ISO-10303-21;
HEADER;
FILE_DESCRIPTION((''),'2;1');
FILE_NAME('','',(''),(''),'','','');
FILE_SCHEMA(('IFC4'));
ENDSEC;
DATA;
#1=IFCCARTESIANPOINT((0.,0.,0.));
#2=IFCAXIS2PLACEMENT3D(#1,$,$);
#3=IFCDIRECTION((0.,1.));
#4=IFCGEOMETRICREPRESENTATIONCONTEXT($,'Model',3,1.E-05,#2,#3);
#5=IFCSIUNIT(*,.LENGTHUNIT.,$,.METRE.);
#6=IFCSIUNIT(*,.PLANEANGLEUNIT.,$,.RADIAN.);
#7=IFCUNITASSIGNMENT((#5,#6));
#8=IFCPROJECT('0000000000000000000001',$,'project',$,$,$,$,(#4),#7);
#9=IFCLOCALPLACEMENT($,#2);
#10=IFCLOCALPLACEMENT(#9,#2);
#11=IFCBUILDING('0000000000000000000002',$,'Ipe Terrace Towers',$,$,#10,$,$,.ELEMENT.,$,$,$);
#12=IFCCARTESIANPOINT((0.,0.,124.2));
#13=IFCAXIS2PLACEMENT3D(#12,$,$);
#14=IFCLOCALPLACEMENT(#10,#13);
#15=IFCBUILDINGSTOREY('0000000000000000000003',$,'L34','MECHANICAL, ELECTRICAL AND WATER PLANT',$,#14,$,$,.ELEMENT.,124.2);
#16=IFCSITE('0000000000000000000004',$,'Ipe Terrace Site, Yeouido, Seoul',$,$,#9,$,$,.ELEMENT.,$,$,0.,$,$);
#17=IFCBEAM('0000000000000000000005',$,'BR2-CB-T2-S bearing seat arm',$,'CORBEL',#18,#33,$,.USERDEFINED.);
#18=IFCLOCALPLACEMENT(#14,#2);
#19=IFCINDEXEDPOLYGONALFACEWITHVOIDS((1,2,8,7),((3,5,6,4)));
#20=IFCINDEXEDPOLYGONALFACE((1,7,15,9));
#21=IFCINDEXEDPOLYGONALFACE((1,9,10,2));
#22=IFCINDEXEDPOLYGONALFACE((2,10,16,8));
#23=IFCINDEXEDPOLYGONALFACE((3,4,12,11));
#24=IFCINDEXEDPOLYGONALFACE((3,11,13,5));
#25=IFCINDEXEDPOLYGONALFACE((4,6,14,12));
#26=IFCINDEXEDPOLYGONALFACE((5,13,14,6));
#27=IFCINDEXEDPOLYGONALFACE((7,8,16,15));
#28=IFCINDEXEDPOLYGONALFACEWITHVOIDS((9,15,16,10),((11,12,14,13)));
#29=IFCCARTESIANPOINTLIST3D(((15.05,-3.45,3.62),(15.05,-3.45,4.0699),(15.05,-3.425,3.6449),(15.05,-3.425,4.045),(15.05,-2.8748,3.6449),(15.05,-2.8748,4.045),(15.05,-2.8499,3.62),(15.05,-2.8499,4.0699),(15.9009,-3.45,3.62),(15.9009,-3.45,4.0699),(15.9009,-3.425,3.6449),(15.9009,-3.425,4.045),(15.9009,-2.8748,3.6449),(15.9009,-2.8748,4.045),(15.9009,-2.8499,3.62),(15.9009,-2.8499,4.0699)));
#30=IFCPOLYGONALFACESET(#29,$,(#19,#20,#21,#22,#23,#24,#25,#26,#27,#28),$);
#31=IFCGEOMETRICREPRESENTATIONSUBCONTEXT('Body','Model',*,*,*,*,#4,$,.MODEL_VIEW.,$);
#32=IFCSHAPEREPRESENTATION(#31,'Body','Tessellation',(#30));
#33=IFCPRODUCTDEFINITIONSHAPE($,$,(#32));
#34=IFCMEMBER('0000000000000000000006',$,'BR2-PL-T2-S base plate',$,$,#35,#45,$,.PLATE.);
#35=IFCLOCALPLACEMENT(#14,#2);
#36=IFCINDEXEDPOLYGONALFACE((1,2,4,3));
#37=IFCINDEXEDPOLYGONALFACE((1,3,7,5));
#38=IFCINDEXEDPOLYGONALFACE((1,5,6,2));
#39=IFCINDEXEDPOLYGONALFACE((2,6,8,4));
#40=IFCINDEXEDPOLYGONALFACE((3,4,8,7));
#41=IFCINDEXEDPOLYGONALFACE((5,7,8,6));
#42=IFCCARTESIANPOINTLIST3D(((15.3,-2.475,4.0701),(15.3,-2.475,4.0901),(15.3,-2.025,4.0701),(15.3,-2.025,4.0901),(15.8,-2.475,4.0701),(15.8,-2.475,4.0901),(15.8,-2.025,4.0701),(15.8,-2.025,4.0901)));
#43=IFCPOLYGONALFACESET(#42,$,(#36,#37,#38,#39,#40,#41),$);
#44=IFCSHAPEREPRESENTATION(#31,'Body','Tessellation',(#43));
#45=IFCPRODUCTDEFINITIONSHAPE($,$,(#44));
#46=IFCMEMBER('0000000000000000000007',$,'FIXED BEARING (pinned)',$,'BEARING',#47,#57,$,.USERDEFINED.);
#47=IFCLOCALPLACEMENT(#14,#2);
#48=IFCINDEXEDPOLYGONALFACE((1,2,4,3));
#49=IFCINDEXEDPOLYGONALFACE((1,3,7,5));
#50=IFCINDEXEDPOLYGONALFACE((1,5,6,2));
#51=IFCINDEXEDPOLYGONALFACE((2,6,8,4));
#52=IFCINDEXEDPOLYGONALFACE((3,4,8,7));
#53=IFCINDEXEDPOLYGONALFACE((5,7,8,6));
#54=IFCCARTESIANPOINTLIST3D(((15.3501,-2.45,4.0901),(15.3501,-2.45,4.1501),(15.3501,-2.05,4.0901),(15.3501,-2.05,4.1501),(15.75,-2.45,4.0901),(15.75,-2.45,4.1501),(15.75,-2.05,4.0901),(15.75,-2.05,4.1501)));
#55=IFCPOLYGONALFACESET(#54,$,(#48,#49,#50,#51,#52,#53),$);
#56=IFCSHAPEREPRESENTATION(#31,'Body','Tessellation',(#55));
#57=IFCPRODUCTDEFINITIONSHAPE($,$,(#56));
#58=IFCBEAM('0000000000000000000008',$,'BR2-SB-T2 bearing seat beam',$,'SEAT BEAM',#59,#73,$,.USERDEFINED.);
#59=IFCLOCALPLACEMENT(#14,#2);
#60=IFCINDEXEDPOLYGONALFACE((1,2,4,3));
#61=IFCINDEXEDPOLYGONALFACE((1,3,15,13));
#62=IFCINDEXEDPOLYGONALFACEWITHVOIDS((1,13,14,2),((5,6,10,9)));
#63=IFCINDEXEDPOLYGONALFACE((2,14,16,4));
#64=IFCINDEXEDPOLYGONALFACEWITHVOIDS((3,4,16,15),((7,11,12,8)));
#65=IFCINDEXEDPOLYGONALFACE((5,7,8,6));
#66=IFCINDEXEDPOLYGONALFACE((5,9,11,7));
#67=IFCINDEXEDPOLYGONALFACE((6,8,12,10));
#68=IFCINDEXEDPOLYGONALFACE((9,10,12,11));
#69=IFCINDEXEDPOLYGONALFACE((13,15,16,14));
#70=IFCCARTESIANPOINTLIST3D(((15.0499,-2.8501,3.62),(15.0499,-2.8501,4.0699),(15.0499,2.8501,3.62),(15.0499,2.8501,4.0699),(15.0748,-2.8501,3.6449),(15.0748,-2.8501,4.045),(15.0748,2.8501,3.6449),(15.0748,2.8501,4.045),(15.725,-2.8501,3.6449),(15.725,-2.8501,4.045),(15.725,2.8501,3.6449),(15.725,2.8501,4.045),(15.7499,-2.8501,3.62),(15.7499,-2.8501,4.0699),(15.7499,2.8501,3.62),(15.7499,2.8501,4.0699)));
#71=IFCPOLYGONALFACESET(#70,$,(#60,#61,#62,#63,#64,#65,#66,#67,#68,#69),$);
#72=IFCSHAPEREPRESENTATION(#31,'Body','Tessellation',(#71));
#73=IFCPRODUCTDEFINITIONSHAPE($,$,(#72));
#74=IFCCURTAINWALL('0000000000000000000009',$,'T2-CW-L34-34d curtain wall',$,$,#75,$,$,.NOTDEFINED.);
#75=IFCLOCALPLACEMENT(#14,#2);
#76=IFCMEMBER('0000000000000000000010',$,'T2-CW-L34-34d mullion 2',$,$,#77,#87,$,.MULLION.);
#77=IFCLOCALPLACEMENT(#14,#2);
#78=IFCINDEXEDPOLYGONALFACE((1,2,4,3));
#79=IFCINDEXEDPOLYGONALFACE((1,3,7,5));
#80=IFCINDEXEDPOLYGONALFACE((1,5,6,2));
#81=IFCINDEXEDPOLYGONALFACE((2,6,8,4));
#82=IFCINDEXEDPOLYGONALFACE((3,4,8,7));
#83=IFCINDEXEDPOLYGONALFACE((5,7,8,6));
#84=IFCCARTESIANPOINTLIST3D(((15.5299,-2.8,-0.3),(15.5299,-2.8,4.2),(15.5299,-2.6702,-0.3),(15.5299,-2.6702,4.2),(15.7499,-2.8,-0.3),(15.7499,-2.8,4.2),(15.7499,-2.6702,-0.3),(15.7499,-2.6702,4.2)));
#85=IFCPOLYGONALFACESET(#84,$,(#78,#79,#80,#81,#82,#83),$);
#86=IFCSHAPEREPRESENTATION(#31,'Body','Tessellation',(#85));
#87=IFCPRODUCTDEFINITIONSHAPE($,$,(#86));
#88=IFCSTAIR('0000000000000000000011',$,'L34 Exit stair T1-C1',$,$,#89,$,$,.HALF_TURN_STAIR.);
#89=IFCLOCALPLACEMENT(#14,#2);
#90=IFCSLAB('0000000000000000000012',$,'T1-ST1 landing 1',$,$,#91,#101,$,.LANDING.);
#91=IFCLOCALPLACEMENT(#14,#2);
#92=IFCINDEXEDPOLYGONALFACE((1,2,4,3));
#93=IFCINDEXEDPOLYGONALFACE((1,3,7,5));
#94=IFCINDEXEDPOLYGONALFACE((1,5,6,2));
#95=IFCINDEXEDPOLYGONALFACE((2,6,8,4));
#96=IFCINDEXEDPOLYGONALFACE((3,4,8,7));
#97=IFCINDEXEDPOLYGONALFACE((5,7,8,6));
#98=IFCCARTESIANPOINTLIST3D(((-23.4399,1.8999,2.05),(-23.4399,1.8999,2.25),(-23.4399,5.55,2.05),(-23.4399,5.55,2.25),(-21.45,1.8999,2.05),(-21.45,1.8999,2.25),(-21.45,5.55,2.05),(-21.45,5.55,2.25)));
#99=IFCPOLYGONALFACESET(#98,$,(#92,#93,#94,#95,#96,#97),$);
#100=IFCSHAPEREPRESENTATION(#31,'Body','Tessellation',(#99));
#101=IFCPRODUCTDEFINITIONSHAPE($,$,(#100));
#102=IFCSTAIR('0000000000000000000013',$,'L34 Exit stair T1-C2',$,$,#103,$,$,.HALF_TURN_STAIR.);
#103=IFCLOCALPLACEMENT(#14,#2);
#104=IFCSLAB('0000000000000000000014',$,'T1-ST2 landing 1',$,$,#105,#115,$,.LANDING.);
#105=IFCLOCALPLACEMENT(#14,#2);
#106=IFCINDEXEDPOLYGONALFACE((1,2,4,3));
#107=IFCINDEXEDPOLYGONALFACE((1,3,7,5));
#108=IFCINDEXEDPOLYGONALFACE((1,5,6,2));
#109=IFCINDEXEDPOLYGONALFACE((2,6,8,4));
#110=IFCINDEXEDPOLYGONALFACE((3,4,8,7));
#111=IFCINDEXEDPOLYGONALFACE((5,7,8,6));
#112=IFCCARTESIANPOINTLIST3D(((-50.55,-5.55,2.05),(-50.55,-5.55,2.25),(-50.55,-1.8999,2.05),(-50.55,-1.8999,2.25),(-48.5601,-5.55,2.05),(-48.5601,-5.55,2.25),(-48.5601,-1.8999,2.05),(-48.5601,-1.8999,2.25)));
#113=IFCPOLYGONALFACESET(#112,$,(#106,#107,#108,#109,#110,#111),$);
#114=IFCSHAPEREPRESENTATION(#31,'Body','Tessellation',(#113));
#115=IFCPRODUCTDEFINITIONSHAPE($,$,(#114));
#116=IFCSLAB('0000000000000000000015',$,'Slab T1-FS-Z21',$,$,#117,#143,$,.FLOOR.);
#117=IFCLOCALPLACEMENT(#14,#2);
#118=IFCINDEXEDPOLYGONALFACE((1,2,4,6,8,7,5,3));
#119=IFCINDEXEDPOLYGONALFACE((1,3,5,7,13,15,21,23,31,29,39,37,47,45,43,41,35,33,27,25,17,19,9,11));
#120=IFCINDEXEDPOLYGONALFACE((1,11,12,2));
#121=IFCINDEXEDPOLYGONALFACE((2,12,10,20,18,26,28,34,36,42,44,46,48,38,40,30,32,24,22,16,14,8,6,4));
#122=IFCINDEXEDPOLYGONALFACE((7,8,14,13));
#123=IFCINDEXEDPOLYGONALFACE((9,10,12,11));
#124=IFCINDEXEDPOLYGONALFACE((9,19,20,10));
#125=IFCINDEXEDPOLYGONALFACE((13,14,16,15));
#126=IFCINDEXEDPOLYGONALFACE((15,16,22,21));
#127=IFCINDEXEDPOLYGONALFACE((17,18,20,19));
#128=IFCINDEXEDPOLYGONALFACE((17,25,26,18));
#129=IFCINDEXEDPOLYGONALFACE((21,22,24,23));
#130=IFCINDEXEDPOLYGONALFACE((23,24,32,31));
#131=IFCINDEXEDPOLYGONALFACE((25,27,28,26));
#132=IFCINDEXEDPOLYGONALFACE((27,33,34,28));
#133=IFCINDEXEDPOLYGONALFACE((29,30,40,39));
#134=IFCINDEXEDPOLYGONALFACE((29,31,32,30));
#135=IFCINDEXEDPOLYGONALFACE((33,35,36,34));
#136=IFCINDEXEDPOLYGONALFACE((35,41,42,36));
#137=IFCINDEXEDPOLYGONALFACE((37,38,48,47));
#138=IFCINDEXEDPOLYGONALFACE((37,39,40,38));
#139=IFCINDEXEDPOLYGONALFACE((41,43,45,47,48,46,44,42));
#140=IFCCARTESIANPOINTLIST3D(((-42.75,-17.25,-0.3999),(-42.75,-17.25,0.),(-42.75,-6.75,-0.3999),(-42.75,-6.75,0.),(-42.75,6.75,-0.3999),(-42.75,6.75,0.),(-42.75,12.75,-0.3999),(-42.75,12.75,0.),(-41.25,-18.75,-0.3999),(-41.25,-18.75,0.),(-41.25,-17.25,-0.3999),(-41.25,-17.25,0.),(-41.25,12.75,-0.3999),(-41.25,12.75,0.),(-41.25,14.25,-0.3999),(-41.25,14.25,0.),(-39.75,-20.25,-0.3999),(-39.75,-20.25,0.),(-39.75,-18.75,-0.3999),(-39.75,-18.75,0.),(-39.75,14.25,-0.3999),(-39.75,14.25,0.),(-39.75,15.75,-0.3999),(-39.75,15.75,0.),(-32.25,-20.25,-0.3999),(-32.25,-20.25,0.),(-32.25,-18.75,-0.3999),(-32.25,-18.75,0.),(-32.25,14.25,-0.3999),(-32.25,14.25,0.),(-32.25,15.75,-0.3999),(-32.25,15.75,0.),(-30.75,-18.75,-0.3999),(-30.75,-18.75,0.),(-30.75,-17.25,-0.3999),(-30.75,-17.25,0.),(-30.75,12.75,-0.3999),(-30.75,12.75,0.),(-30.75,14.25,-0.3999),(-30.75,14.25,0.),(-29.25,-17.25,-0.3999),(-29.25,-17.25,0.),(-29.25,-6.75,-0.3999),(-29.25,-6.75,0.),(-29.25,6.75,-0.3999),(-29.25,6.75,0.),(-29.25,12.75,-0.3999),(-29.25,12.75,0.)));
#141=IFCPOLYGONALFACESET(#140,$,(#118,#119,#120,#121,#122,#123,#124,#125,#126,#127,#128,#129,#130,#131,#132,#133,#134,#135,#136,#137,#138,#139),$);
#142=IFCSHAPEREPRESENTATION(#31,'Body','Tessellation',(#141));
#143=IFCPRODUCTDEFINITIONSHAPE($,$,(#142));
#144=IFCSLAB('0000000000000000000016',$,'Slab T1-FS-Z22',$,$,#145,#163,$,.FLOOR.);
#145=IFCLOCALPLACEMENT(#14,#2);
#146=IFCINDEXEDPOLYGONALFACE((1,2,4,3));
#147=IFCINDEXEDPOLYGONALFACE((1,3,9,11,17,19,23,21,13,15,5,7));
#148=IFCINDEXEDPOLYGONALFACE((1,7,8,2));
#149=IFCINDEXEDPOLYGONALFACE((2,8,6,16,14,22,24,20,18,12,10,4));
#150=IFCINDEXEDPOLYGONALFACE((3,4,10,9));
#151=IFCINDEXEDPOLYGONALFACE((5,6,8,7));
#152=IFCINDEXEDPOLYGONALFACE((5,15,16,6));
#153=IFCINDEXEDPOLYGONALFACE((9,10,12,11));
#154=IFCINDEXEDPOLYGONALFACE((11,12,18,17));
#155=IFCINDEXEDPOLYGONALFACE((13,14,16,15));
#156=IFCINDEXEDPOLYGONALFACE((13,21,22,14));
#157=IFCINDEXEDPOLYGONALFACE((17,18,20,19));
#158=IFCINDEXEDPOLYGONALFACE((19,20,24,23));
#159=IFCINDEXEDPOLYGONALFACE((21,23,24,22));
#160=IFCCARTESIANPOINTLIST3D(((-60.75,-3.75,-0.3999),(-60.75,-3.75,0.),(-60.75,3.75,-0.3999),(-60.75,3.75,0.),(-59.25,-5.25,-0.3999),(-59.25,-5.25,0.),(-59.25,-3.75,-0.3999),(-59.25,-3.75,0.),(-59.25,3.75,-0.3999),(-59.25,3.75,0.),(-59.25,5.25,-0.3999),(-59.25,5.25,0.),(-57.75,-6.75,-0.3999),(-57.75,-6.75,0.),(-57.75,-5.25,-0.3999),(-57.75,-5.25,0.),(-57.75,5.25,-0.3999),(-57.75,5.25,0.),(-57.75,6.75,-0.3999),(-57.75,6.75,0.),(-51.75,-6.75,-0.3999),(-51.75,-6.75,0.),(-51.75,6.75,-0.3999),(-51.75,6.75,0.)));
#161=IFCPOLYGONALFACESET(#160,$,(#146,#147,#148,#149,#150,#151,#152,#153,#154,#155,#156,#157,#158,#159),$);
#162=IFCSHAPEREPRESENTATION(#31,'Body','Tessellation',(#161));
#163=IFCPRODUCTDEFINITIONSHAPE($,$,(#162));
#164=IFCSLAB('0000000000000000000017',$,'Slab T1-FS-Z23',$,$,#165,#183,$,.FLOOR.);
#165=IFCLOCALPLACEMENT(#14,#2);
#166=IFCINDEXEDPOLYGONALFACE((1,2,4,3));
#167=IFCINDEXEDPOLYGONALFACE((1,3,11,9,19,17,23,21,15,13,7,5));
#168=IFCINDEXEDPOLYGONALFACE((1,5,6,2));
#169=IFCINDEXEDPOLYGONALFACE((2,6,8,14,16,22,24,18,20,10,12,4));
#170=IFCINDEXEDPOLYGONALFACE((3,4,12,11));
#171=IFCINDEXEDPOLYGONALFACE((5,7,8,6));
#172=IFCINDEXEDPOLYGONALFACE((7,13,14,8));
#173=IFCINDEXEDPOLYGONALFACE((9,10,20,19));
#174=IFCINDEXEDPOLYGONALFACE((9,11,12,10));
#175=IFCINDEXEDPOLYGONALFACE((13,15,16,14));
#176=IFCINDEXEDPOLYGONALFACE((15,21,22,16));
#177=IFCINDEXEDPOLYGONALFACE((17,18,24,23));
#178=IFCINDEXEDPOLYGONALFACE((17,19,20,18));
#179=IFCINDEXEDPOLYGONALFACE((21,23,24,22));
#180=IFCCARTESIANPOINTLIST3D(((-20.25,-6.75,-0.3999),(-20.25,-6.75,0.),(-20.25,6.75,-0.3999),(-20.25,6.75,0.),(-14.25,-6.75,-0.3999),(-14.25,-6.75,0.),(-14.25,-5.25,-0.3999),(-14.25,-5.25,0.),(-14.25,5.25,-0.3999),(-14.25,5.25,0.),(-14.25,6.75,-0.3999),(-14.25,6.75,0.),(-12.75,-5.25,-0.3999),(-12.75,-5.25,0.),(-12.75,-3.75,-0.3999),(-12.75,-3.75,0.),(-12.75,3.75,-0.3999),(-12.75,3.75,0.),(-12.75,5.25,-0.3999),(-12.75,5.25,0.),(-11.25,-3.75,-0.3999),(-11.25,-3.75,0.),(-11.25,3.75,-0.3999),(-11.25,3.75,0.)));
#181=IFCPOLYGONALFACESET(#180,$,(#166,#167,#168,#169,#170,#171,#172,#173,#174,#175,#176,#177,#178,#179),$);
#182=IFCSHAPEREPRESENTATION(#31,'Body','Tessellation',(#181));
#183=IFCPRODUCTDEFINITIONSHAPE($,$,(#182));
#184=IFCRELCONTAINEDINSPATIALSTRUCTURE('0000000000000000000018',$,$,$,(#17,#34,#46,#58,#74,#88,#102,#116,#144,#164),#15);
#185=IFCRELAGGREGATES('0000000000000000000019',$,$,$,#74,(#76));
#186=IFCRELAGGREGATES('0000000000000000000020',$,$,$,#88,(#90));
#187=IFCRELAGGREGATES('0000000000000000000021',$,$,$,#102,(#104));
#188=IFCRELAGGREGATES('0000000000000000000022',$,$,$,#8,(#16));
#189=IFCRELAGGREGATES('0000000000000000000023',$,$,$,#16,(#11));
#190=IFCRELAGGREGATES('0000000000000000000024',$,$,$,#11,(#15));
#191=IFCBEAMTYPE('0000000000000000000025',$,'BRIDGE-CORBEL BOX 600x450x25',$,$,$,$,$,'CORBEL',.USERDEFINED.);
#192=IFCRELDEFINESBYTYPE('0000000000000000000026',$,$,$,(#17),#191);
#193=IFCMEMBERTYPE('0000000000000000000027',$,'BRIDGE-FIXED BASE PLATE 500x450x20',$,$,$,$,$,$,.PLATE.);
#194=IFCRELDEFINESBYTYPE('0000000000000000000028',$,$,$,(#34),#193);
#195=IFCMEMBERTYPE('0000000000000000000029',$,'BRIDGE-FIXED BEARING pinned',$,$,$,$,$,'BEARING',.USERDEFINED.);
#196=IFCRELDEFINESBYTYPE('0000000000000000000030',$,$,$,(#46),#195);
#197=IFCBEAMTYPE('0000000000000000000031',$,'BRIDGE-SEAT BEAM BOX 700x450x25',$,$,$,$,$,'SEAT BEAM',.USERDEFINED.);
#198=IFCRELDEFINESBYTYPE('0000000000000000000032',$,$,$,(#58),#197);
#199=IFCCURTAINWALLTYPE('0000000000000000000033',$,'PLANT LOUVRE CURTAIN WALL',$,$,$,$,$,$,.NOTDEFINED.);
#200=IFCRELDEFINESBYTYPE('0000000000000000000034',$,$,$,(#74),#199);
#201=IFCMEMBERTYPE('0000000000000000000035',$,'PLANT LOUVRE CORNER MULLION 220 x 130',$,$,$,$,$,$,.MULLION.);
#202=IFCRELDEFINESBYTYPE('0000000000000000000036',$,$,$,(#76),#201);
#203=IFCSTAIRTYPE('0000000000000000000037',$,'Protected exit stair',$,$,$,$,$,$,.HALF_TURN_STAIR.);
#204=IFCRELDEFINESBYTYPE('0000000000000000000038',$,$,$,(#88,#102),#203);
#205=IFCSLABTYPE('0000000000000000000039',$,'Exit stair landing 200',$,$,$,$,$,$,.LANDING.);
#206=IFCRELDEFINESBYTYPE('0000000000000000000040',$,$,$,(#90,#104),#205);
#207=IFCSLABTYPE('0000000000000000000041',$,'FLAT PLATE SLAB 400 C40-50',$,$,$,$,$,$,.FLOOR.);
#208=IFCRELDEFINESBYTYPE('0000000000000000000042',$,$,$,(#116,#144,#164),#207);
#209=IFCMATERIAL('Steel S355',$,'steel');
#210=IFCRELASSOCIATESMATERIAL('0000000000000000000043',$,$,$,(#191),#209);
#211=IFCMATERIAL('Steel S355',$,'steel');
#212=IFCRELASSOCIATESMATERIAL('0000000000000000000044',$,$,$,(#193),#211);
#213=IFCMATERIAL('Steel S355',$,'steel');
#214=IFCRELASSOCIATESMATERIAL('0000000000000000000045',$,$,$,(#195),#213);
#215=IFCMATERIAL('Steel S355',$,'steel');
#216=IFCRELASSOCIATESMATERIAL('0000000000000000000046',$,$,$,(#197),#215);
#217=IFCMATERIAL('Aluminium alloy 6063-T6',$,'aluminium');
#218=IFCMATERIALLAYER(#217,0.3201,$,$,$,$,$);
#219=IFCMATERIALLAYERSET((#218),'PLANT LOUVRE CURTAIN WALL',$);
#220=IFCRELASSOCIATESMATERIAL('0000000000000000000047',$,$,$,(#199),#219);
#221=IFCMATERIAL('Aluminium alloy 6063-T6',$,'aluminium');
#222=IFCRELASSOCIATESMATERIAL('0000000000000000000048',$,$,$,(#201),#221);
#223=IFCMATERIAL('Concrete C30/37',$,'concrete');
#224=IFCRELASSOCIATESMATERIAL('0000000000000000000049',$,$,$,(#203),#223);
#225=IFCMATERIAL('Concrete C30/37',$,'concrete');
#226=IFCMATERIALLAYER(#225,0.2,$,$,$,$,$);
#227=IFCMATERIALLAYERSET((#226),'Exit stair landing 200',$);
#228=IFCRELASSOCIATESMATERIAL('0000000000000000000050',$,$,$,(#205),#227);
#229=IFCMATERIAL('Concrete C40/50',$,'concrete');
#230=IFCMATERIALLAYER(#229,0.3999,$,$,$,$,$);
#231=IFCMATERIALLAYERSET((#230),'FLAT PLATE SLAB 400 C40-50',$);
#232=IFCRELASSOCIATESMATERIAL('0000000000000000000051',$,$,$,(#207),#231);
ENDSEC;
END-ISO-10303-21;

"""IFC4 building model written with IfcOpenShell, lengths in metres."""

from ifc_helpers import new_model, si_unit, direction, frame, origin, origin_2d, place, context, subcontext, project, spatial, polyline, rectangle, hollow_rectangle, outline, extrude, material, layer, layer_set, material_profile, profile_set, type_object, element, aggregate, save


model = new_model("IFC4")

# Units and contexts
model_context = context("Model", 3, precision=1e-05, world=origin(), true_north=direction((0.0, 1.0)))
body_context = subcontext(model_context, "Body", "Model", "MODEL_VIEW")
ifc_project = project(units=[si_unit("LENGTHUNIT", "METRE"), si_unit("PLANEANGLEUNIT", "RADIAN")], contexts=[model_context])

# Site, building, storey
site_placement = place(None, origin())
site = spatial("IfcSite", under=ifc_project, at=site_placement, Name="Ipe Terrace Site, Yeouido, Seoul", CompositionType="ELEMENT", RefElevation=0.0)
building_placement = place(site_placement, origin())
building = spatial("IfcBuilding", under=site, at=building_placement, Name="Ipe Terrace Towers", CompositionType="ELEMENT")
storey_placement = place(building_placement, frame((0.0, 0.0, 124.2)))
storey = spatial("IfcBuildingStorey", under=building, at=storey_placement, Name="L34", Description="MECHANICAL, ELECTRICAL AND WATER PLANT", CompositionType="ELEMENT", Elevation=124.2)

# Beam
ifc_material_1 = material(Name="Steel S355", Category="steel")
ifc_material_profile_1 = material_profile(ifc_material_1, hollow_rectangle(XDim=0.6001, YDim=0.45, WallThickness=0.0249, at=origin_2d()), Name="BRIDGE-CORBEL BOX 600x450x25")
ifc_profile_set_1 = profile_set([ifc_material_profile_1], Name="Steel S355")
beam_type_1 = type_object("IfcBeamType", Name="BRIDGE-CORBEL BOX 600x450x25", ElementType="CORBEL", PredefinedType="USERDEFINED", material=ifc_profile_set_1)
beam_1_placement = place(storey_placement, frame((15.9009, -3.1499, 3.845), z_axis=(-1.0, 0.0, 0.0), x_axis=(0.0, -1.0, 0.0)))
element("IfcBeam", 1, at=beam_1_placement, inside=storey, type_object=beam_type_1, Name="BR2-CB-T2-S bearing seat arm", ObjectType="CORBEL", PredefinedType="USERDEFINED", context=body_context, shape_type="SweptSolid", body=[
    extrude(hollow_rectangle(XDim=0.6001, YDim=0.45, WallThickness=0.0249, at=origin_2d()), origin(), (0.0, 0.0, 1.0), 0.8508),
])

# Members
ifc_material_2 = material(Name="Steel S355", Category="steel")
member_type_1 = type_object("IfcMemberType", Name="BRIDGE-FIXED BASE PLATE 500x450x20", PredefinedType="PLATE", material=ifc_material_2)
member_1_placement = place(storey_placement, frame((15.55, -2.25, 4.0701), z_axis=(0.0, 0.0, 1.0), x_axis=(1.0, 0.0, 0.0)))
element("IfcMember", 2, at=member_1_placement, inside=storey, type_object=member_type_1, Name="BR2-PL-T2-S base plate", PredefinedType="PLATE", context=body_context, shape_type="SweptSolid", body=[
    extrude(rectangle(XDim=0.5, YDim=0.45, at=origin_2d()), origin(), (0.0, 0.0, 1.0), 0.02),
])
ifc_material_3 = material(Name="Steel S355", Category="steel")
member_type_2 = type_object("IfcMemberType", Name="BRIDGE-FIXED BEARING pinned", ElementType="BEARING", PredefinedType="USERDEFINED", material=ifc_material_3)
member_2_placement = place(storey_placement, frame((15.55, -2.25, 4.0901), z_axis=(0.0, 0.0, 1.0), x_axis=(1.0, 0.0, 0.0)))
element("IfcMember", 3, at=member_2_placement, inside=storey, type_object=member_type_2, Name="FIXED BEARING (pinned)", ObjectType="BEARING", PredefinedType="USERDEFINED", context=body_context, shape_type="SweptSolid", body=[
    extrude(rectangle(XDim=0.3999, YDim=0.3999, at=origin_2d()), origin(), (0.0, 0.0, 1.0), 0.0601),
])

# Beam
ifc_material_4 = material(Name="Steel S355", Category="steel")
ifc_material_profile_2 = material_profile(ifc_material_4, hollow_rectangle(XDim=0.7, YDim=0.45, WallThickness=0.0249, at=origin_2d()), Name="BRIDGE-SEAT BEAM BOX 700x450x25")
ifc_profile_set_2 = profile_set([ifc_material_profile_2], Name="Steel S355")
beam_type_2 = type_object("IfcBeamType", Name="BRIDGE-SEAT BEAM BOX 700x450x25", ElementType="SEAT BEAM", PredefinedType="USERDEFINED", material=ifc_profile_set_2)
beam_2_placement = place(storey_placement, frame((15.3999, -2.8501, 3.845), z_axis=(0.0, 1.0, 0.0), x_axis=(-1.0, 0.0, 0.0)))
element("IfcBeam", 4, at=beam_2_placement, inside=storey, type_object=beam_type_2, Name="BR2-SB-T2 bearing seat beam", ObjectType="SEAT BEAM", PredefinedType="USERDEFINED", context=body_context, shape_type="SweptSolid", body=[
    extrude(hollow_rectangle(XDim=0.7, YDim=0.45, WallThickness=0.0249, at=origin_2d()), origin(), (0.0, 0.0, 1.0), 5.7002),
])

# Curtain wall, member
ifc_material_5 = material(Name="Aluminium alloy 6063-T6", Category="aluminium")
ifc_layer_1 = layer(ifc_material_5, 0.3201)
ifc_layer_set_1 = layer_set([ifc_layer_1], Name="PLANT LOUVRE CURTAIN WALL")
curtain_wall_type = type_object("IfcCurtainWallType", Name="PLANT LOUVRE CURTAIN WALL", PredefinedType="NOTDEFINED", material=ifc_layer_set_1)
curtain_wall_placement = place(storey_placement, origin())
curtain_wall = element("IfcCurtainWall", 5, at=curtain_wall_placement, inside=storey, type_object=curtain_wall_type, Name="T2-CW-L34-34d curtain wall", PredefinedType="NOTDEFINED")
ifc_material_6 = material(Name="Aluminium alloy 6063-T6", Category="aluminium")
ifc_material_profile_3 = material_profile(ifc_material_6, rectangle(XDim=0.22, YDim=0.1299, at=origin_2d()), Name="PLANT LOUVRE CORNER MULLION 220 x 130")
ifc_profile_set_3 = profile_set([ifc_material_profile_3], Name="Aluminium alloy 6063-T6")
member_type_3 = type_object("IfcMemberType", Name="PLANT LOUVRE CORNER MULLION 220 x 130", PredefinedType="MULLION", material=ifc_profile_set_3)
member_3_placement = place(storey_placement, frame((15.6399, -2.7351, -0.3), z_axis=(0.0, 0.0, 1.0), x_axis=(-1.0, 0.0, 0.0)))
member_3 = element("IfcMember", 6, at=member_3_placement, type_object=member_type_3, Name="T2-CW-L34-34d mullion 2", PredefinedType="MULLION", context=body_context, shape_type="SweptSolid", body=[
    extrude(rectangle(XDim=0.22, YDim=0.1299, at=origin_2d()), origin(), (0.0, 0.0, 1.0), 4.5),
])
aggregate(curtain_wall, [member_3])

# Stairs, slabs
ifc_material_7 = material(Name="Concrete C30/37", Category="concrete")
stair_type = type_object("IfcStairType", Name="Protected exit stair", PredefinedType="HALF_TURN_STAIR", material=ifc_material_7)
stair_1_placement = place(storey_placement, origin())
stair_1 = element("IfcStair", 7, at=stair_1_placement, inside=storey, type_object=stair_type, Name="L34 Exit stair T1-C1", PredefinedType="HALF_TURN_STAIR")
ifc_material_8 = material(Name="Concrete C30/37", Category="concrete")
ifc_layer_2 = layer(ifc_material_8, 0.2)
ifc_layer_set_2 = layer_set([ifc_layer_2], Name="Exit stair landing 200")
slab_type_1 = type_object("IfcSlabType", Name="Exit stair landing 200", PredefinedType="LANDING", material=ifc_layer_set_2)
slab_1_placement = place(storey_placement, frame((0.0, 0.0, 2.05)))
slab_1 = element("IfcSlab", 8, at=slab_1_placement, type_object=slab_type_1, Name="T1-ST1 landing 1", PredefinedType="LANDING", context=body_context, shape_type="SweptSolid", body=[
    extrude(outline(polyline([(-23.4399, 1.8999), (-21.45, 1.8999), (-21.45, 5.55), (-23.4399, 5.55), (-23.4399, 1.8999)])), origin(), (0.0, 0.0, 1.0), 0.2),
])
aggregate(stair_1, [slab_1])
stair_2_placement = place(storey_placement, origin())
stair_2 = element("IfcStair", 9, at=stair_2_placement, inside=storey, type_object=stair_type, Name="L34 Exit stair T1-C2", PredefinedType="HALF_TURN_STAIR")
slab_2_placement = place(storey_placement, frame((0.0, 0.0, 2.05)))
slab_2 = element("IfcSlab", 10, at=slab_2_placement, type_object=slab_type_1, Name="T1-ST2 landing 1", PredefinedType="LANDING", context=body_context, shape_type="SweptSolid", body=[
    extrude(outline(polyline([(-48.5601, -1.8999), (-50.55, -1.8999), (-50.55, -5.55), (-48.5601, -5.55), (-48.5601, -1.8999)])), origin(), (0.0, 0.0, 1.0), 0.2),
])
aggregate(stair_2, [slab_2])

# Slabs
ifc_material_9 = material(Name="Concrete C40/50", Category="concrete")
ifc_layer_3 = layer(ifc_material_9, 0.3999)
ifc_layer_set_3 = layer_set([ifc_layer_3], Name="FLAT PLATE SLAB 400 C40-50")
slab_type_2 = type_object("IfcSlabType", Name="FLAT PLATE SLAB 400 C40-50", PredefinedType="FLOOR", material=ifc_layer_set_3)
slab_3_placement = place(storey_placement, frame((0.0, 0.0, -0.3999)))
element("IfcSlab", 11, at=slab_3_placement, inside=storey, type_object=slab_type_2, Name="Slab T1-FS-Z21", PredefinedType="FLOOR", context=body_context, shape_type="SweptSolid", body=[
    extrude(outline(polyline([(-30.75, -17.25), (-30.75, -18.75), (-32.25, -18.75), (-32.25, -20.25), (-39.75, -20.25), (-39.75, -18.75), (-41.25, -18.75), (-41.25, -17.25), (-42.75, -17.25), (-42.75, -6.75), (-42.75, 6.75), (-42.75, 12.75), (-41.25, 12.75), (-41.25, 14.25), (-39.75, 14.25), (-39.75, 15.75), (-32.25, 15.75), (-32.25, 14.25), (-30.75, 14.25), (-30.75, 12.75), (-29.25, 12.75), (-29.25, 6.75), (-29.25, -6.75), (-29.25, -17.25), (-30.75, -17.25)])), origin(), (0.0, 0.0, 1.0), 0.3999),
])
slab_4_placement = place(storey_placement, frame((0.0, 0.0, -0.3999)))
element("IfcSlab", 12, at=slab_4_placement, inside=storey, type_object=slab_type_2, Name="Slab T1-FS-Z22", PredefinedType="FLOOR", context=body_context, shape_type="SweptSolid", body=[
    extrude(outline(polyline([(-57.75, -6.75), (-57.75, -5.25), (-59.25, -5.25), (-59.25, -3.75), (-60.75, -3.75), (-60.75, 3.75), (-59.25, 3.75), (-59.25, 5.25), (-57.75, 5.25), (-57.75, 6.75), (-51.75, 6.75), (-51.75, -6.75), (-57.75, -6.75)])), origin(), (0.0, 0.0, 1.0), 0.3999),
])
slab_5_placement = place(storey_placement, frame((0.0, 0.0, -0.3999)))
element("IfcSlab", 13, at=slab_5_placement, inside=storey, type_object=slab_type_2, Name="Slab T1-FS-Z23", PredefinedType="FLOOR", context=body_context, shape_type="SweptSolid", body=[
    extrude(outline(polyline([(-14.25, 5.25), (-12.75, 5.25), (-12.75, 3.75), (-11.25, 3.75), (-11.25, -3.75), (-12.75, -3.75), (-12.75, -5.25), (-14.25, -5.25), (-14.25, -6.75), (-20.25, -6.75), (-20.25, 6.75), (-14.25, 6.75), (-14.25, 5.25)])), origin(), (0.0, 0.0, 1.0), 0.3999),
])

save(model, "model.ifc")
